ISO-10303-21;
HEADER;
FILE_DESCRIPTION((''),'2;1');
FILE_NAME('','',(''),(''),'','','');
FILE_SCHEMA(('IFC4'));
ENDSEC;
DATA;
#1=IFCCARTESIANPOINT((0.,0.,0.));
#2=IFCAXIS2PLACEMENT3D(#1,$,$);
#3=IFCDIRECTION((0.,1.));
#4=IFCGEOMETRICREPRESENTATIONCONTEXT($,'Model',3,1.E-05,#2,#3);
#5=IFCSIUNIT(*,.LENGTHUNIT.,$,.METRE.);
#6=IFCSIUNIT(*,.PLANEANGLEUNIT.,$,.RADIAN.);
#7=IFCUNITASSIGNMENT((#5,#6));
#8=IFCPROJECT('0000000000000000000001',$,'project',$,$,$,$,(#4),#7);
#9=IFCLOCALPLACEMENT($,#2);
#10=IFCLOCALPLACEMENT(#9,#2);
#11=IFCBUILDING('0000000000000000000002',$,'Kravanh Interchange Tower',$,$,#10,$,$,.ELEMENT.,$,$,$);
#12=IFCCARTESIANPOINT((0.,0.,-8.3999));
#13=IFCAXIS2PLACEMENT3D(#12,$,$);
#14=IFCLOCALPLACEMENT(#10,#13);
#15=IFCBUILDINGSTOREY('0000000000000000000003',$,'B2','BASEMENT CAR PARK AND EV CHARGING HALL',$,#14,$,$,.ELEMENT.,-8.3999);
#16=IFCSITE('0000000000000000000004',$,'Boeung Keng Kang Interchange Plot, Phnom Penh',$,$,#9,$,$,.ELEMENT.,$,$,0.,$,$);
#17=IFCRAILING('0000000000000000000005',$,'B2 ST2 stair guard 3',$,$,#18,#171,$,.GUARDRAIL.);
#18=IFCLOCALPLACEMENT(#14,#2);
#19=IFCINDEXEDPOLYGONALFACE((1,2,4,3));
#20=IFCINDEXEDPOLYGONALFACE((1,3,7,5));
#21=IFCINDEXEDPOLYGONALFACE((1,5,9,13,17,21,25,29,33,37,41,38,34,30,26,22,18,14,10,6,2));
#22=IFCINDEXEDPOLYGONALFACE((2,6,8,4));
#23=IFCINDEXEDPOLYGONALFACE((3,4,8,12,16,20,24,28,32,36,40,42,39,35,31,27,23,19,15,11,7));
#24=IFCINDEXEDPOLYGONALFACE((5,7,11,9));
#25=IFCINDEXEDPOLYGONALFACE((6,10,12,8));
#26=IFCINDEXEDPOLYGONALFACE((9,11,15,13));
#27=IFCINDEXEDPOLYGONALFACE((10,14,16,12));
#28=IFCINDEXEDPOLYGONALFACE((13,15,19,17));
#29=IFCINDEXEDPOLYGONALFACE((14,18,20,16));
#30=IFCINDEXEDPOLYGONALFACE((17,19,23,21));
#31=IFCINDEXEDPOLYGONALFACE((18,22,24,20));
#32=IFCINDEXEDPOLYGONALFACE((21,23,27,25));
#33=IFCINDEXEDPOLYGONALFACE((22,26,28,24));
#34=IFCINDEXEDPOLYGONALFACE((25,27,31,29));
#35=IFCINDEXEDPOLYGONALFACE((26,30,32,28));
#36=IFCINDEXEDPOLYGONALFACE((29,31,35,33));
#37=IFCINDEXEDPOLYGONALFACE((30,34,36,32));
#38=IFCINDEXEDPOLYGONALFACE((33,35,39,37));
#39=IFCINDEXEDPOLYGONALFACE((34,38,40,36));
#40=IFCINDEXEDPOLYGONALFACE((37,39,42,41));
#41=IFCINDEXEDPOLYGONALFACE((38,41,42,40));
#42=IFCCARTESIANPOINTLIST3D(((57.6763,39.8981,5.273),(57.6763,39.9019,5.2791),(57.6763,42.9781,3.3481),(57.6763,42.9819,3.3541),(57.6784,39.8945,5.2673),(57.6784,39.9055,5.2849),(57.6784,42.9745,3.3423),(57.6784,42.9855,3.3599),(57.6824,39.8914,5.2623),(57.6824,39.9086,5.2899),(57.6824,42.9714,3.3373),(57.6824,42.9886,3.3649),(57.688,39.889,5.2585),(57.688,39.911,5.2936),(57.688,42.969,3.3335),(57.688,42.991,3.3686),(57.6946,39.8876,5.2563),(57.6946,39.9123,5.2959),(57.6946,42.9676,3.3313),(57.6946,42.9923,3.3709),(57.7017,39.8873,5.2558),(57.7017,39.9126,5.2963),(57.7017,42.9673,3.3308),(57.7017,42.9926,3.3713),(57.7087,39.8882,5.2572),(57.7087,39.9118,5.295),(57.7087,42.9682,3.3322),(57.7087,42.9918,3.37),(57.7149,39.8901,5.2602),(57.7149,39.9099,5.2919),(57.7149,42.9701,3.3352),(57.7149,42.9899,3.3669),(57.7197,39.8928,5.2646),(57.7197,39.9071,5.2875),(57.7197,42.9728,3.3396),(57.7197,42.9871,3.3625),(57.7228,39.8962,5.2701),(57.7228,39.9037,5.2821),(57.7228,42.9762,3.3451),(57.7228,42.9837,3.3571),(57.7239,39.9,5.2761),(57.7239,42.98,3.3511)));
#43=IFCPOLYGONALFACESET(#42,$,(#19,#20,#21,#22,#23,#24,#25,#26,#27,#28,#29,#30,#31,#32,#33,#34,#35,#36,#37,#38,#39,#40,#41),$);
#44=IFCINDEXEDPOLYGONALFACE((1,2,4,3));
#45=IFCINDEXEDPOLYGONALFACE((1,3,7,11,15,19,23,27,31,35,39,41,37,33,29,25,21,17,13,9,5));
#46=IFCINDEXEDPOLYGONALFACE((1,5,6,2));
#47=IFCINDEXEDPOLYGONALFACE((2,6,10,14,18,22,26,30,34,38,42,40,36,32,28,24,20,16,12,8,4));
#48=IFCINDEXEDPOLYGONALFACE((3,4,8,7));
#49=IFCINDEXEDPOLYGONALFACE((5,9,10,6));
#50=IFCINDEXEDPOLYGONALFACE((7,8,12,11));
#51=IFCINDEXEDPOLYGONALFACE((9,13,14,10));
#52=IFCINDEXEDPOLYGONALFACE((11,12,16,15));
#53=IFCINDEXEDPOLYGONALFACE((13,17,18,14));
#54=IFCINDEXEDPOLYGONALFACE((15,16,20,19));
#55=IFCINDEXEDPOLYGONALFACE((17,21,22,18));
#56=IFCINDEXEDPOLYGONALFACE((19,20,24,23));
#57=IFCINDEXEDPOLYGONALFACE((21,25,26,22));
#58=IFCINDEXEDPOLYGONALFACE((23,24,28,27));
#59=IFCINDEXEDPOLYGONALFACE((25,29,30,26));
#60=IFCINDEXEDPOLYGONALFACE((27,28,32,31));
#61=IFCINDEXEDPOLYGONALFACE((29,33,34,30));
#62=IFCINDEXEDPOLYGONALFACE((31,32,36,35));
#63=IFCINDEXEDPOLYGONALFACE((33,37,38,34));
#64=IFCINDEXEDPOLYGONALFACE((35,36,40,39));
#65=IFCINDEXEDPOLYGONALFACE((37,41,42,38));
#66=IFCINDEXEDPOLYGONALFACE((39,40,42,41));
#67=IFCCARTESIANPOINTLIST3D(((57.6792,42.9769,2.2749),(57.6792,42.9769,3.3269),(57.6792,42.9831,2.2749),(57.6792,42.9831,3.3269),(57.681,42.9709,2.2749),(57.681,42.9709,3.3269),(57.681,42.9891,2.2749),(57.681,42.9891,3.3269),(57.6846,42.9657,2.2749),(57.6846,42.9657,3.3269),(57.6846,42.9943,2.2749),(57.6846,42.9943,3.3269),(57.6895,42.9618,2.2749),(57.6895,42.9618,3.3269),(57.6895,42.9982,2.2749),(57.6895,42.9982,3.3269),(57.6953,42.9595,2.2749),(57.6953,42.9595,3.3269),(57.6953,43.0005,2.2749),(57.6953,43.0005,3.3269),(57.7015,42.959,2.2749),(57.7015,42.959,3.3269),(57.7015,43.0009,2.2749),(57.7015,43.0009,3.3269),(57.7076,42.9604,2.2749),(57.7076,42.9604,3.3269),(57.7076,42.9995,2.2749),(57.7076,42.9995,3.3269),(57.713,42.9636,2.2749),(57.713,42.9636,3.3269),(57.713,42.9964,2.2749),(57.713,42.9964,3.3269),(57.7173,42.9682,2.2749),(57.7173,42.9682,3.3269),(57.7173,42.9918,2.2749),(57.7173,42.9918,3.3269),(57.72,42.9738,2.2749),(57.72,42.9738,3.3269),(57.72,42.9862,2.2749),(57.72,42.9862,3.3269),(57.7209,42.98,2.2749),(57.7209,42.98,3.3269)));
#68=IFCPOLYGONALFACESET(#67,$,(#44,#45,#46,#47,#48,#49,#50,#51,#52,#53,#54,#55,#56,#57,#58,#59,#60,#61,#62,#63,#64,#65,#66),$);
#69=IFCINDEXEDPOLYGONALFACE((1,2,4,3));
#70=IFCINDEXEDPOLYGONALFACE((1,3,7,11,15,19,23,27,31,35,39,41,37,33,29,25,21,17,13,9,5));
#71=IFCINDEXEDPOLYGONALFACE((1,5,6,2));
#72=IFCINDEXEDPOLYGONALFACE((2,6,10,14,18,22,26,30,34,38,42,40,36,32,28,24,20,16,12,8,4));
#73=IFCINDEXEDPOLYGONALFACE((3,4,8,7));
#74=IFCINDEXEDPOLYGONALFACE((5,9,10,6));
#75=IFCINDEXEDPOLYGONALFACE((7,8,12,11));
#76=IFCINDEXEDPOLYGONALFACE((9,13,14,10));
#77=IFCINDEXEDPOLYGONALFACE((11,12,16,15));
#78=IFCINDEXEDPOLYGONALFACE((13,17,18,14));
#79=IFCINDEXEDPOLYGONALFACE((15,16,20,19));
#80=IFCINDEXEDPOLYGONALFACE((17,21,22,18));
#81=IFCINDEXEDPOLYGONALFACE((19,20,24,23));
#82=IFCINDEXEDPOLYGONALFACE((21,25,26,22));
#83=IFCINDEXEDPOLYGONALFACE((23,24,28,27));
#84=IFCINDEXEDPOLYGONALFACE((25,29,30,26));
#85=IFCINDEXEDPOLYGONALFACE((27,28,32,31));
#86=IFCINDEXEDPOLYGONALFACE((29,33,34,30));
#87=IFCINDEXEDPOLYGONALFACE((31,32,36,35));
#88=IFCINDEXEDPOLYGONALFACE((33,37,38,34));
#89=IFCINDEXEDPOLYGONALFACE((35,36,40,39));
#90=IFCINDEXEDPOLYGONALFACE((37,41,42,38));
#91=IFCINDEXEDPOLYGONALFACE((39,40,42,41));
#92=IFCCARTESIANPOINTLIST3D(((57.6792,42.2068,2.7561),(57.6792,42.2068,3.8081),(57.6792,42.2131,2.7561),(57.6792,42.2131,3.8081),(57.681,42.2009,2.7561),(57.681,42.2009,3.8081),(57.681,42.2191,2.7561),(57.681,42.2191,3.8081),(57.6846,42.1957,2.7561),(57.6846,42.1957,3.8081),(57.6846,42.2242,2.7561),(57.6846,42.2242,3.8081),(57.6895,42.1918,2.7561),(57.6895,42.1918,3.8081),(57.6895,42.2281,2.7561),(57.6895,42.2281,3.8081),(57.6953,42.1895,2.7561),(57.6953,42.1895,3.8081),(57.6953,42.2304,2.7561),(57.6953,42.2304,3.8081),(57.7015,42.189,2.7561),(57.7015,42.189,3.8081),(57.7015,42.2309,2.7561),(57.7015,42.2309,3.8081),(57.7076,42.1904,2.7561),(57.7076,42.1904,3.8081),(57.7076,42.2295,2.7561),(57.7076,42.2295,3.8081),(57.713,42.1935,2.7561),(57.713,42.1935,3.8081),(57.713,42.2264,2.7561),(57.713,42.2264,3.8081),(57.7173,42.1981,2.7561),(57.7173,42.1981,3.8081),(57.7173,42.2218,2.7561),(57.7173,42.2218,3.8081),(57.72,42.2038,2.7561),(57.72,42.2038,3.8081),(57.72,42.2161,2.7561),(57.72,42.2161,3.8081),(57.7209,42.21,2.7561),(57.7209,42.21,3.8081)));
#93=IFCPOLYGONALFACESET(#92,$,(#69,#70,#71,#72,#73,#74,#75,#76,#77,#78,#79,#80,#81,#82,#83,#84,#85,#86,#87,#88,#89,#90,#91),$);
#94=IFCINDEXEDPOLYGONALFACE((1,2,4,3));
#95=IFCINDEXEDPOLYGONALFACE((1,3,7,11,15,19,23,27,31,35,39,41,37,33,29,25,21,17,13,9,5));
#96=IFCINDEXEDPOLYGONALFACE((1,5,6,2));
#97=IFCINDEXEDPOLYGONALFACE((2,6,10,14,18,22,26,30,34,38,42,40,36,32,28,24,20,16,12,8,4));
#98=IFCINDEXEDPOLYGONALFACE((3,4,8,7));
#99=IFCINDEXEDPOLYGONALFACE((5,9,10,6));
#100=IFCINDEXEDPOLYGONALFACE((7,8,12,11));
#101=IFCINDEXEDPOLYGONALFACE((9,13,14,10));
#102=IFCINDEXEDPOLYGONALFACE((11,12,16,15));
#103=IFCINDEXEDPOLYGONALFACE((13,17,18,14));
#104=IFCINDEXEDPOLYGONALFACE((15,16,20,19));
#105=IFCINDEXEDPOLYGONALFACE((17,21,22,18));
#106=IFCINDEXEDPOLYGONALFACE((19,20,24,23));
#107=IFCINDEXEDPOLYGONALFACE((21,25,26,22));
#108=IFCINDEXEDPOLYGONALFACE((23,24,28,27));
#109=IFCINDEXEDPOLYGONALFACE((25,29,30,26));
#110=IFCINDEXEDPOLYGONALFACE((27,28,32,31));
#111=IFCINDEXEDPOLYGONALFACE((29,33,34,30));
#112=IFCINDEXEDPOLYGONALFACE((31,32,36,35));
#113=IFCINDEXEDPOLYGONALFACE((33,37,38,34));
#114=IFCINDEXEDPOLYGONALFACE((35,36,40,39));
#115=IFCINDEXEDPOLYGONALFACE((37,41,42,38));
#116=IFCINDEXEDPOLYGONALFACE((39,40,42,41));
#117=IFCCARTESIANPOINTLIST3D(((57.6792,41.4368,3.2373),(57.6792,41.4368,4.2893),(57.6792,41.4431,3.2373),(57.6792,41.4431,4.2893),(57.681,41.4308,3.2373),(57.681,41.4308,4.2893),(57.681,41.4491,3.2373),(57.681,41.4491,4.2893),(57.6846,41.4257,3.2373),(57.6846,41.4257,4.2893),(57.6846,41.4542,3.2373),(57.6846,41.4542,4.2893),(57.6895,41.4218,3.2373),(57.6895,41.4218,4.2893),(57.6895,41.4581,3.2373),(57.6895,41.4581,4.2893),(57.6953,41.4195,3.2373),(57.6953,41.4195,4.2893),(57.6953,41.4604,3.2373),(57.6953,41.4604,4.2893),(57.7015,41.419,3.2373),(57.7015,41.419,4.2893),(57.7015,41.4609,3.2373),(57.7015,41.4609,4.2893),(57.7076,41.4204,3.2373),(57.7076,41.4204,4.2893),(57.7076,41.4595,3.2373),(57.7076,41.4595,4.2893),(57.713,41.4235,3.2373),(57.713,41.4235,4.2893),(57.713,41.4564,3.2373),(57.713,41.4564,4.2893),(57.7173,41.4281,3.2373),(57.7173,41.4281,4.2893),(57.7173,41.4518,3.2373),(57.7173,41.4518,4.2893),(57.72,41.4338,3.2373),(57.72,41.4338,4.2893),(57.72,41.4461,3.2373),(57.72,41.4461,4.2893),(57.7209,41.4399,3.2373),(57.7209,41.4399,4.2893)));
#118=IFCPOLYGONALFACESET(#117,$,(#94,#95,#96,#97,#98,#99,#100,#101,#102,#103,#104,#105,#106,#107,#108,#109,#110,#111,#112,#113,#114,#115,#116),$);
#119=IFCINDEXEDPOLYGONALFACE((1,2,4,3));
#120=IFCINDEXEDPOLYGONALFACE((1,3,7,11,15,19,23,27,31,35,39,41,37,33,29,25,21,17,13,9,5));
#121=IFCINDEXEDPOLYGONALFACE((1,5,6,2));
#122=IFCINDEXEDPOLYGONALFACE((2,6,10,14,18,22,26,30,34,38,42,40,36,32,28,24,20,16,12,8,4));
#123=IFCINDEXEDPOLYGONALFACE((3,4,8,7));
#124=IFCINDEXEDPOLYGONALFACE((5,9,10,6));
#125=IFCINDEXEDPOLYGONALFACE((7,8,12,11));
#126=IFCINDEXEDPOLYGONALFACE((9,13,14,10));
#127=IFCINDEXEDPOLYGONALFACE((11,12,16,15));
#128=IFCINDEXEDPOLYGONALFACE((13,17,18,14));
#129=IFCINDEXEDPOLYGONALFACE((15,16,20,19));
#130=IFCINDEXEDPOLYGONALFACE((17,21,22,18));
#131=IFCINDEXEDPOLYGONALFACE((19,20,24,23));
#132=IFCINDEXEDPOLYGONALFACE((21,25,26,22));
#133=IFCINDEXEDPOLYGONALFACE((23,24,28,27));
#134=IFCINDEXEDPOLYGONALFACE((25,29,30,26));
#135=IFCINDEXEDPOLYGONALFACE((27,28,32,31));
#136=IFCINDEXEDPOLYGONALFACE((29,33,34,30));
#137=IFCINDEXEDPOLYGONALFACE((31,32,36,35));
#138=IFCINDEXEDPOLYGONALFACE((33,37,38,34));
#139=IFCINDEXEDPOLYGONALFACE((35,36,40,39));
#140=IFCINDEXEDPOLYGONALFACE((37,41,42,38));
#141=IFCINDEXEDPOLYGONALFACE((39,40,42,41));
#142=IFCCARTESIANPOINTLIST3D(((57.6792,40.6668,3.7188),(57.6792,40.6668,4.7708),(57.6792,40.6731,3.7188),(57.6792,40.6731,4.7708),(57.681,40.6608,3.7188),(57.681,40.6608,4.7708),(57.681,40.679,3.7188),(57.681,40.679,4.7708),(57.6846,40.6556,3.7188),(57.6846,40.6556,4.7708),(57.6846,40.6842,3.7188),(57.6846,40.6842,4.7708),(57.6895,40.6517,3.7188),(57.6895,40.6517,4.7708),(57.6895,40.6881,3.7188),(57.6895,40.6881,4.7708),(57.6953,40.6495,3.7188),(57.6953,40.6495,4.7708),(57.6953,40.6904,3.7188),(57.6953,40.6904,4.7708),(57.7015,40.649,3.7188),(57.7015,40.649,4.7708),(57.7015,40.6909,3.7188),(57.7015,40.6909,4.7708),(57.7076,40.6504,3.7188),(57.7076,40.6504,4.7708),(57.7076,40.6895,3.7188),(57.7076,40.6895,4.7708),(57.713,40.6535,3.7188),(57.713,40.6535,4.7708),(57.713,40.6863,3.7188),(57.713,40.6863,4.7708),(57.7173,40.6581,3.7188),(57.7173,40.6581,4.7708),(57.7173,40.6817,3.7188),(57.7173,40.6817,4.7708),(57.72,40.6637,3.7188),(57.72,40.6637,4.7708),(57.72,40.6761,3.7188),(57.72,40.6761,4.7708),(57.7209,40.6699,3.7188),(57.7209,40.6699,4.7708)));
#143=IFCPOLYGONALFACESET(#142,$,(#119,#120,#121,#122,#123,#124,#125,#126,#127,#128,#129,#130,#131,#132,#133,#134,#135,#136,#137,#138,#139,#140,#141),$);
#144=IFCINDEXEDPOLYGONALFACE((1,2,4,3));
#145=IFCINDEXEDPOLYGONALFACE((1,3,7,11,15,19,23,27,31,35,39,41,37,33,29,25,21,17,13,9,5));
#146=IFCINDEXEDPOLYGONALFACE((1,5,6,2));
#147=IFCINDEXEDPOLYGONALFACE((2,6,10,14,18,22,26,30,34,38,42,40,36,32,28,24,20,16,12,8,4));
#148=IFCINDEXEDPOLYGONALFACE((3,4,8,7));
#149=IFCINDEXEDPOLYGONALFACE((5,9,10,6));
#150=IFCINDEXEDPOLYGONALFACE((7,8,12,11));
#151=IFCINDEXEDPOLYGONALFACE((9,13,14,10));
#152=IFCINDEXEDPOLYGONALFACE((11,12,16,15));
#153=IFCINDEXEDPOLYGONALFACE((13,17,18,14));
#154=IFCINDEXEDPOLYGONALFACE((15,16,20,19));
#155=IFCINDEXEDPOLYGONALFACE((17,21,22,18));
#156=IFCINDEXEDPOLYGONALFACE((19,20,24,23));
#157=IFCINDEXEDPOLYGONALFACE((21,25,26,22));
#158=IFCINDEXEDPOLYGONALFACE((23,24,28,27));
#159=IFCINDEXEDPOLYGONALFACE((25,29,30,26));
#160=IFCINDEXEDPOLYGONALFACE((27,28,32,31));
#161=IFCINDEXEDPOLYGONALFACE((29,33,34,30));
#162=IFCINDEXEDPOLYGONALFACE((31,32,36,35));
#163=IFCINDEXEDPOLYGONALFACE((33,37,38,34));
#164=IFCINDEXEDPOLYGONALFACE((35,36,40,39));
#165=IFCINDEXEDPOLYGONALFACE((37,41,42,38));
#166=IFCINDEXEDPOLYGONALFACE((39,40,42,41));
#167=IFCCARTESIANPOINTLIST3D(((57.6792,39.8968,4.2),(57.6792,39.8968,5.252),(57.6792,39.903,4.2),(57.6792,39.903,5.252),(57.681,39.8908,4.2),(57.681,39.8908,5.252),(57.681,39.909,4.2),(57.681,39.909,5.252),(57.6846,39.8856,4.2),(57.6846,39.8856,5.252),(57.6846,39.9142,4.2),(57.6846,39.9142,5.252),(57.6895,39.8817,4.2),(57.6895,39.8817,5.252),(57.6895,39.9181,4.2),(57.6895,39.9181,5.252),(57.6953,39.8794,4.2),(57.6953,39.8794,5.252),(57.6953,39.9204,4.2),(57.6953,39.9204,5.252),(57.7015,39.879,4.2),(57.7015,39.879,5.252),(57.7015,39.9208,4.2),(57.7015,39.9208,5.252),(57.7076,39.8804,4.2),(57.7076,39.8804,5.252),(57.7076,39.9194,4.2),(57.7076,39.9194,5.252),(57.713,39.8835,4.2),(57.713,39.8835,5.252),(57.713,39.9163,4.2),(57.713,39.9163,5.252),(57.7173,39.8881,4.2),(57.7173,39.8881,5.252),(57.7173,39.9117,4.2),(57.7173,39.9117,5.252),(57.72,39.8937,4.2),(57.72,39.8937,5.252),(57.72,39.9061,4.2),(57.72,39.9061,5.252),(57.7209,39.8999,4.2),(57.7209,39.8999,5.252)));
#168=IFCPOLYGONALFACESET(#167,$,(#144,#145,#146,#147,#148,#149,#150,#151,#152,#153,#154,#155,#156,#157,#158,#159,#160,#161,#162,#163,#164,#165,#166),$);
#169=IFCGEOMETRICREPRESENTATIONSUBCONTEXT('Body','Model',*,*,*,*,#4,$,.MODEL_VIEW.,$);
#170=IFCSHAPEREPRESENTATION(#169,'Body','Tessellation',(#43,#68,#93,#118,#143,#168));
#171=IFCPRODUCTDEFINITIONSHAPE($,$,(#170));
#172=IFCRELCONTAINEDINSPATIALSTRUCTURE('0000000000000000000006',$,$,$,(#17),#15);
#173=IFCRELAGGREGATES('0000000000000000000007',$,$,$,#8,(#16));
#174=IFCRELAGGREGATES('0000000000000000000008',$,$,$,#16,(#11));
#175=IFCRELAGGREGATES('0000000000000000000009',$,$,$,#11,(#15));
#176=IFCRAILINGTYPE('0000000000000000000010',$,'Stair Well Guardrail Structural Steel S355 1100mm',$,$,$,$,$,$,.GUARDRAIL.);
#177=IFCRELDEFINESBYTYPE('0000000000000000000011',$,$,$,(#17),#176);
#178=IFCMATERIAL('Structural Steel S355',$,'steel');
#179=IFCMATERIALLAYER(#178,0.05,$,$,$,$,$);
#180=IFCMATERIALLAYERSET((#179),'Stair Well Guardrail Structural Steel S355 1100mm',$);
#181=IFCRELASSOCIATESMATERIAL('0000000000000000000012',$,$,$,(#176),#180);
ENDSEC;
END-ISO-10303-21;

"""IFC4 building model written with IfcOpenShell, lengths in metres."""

from ifc_helpers import new_model, si_unit, direction, frame, origin, origin_2d, place, context, subcontext, project, spatial, circle, extrude, material, layer, layer_set, type_object, element, save


model = new_model("IFC4")

# Units and contexts
model_context = context("Model", 3, precision=1e-05, world=origin(), true_north=direction((0.0, 1.0)))
body_context = subcontext(model_context, "Body", "Model", "MODEL_VIEW")
ifc_project = project(units=[si_unit("LENGTHUNIT", "METRE"), si_unit("PLANEANGLEUNIT", "RADIAN")], contexts=[model_context])

# Site, building, storey
site_placement = place(None, origin())
site = spatial("IfcSite", under=ifc_project, at=site_placement, Name="Boeung Keng Kang Interchange Plot, Phnom Penh", CompositionType="ELEMENT", RefElevation=0.0)
building_placement = place(site_placement, origin())
building = spatial("IfcBuilding", under=site, at=building_placement, Name="Kravanh Interchange Tower", CompositionType="ELEMENT")
storey_placement = place(building_placement, frame((0.0, 0.0, -8.3999)))
storey = spatial("IfcBuildingStorey", under=building, at=storey_placement, Name="B2", Description="BASEMENT CAR PARK AND EV CHARGING HALL", CompositionType="ELEMENT", Elevation=-8.3999)

# Railing
ifc_material_1 = material(Name="Structural Steel S355", Category="steel")
ifc_layer_1 = layer(ifc_material_1, 0.05)
ifc_layer_set_1 = layer_set([ifc_layer_1], Name="Stair Well Guardrail Structural Steel S355 1100mm")
railing_type_1 = type_object("IfcRailingType", Name="Stair Well Guardrail Structural Steel S355 1100mm", PredefinedType="GUARDRAIL", material=ifc_layer_set_1)
railing_1_placement = place(storey_placement, frame((57.7, 42.98, 2.2749)))
element("IfcRailing", 1, at=railing_1_placement, inside=storey, type_object=railing_type_1, Name="B2 ST2 stair guard 3", PredefinedType="GUARDRAIL", context=body_context, shape_type="SweptSolid", body=[
    extrude(circle(Radius=0.0239, at=origin_2d()), frame((0.0, 0.0, 1.0762), z_axis=(0.0, -0.847998, 0.529999), x_axis=(1.0, 0.0, 0.0)), (0.0, 0.0, 1.0), 3.6321),
    extrude(circle(Radius=0.021, at=origin_2d()), origin(), (0.0, 0.0, 1.0), 1.052),
    extrude(circle(Radius=0.021, at=origin_2d()), frame((0.0, -0.77, 0.4812)), (0.0, 0.0, 1.0), 1.052),
    extrude(circle(Radius=0.021, at=origin_2d()), frame((0.0, -1.54, 0.9624)), (0.0, 0.0, 1.0), 1.052),
    extrude(circle(Radius=0.021, at=origin_2d()), frame((0.0, -2.3101, 1.4438)), (0.0, 0.0, 1.0), 1.052),
    extrude(circle(Radius=0.021, at=origin_2d()), frame((0.0, -3.0801, 1.925)), (0.0, 0.0, 1.0), 1.052),
])

save(model, "model.ifc")
